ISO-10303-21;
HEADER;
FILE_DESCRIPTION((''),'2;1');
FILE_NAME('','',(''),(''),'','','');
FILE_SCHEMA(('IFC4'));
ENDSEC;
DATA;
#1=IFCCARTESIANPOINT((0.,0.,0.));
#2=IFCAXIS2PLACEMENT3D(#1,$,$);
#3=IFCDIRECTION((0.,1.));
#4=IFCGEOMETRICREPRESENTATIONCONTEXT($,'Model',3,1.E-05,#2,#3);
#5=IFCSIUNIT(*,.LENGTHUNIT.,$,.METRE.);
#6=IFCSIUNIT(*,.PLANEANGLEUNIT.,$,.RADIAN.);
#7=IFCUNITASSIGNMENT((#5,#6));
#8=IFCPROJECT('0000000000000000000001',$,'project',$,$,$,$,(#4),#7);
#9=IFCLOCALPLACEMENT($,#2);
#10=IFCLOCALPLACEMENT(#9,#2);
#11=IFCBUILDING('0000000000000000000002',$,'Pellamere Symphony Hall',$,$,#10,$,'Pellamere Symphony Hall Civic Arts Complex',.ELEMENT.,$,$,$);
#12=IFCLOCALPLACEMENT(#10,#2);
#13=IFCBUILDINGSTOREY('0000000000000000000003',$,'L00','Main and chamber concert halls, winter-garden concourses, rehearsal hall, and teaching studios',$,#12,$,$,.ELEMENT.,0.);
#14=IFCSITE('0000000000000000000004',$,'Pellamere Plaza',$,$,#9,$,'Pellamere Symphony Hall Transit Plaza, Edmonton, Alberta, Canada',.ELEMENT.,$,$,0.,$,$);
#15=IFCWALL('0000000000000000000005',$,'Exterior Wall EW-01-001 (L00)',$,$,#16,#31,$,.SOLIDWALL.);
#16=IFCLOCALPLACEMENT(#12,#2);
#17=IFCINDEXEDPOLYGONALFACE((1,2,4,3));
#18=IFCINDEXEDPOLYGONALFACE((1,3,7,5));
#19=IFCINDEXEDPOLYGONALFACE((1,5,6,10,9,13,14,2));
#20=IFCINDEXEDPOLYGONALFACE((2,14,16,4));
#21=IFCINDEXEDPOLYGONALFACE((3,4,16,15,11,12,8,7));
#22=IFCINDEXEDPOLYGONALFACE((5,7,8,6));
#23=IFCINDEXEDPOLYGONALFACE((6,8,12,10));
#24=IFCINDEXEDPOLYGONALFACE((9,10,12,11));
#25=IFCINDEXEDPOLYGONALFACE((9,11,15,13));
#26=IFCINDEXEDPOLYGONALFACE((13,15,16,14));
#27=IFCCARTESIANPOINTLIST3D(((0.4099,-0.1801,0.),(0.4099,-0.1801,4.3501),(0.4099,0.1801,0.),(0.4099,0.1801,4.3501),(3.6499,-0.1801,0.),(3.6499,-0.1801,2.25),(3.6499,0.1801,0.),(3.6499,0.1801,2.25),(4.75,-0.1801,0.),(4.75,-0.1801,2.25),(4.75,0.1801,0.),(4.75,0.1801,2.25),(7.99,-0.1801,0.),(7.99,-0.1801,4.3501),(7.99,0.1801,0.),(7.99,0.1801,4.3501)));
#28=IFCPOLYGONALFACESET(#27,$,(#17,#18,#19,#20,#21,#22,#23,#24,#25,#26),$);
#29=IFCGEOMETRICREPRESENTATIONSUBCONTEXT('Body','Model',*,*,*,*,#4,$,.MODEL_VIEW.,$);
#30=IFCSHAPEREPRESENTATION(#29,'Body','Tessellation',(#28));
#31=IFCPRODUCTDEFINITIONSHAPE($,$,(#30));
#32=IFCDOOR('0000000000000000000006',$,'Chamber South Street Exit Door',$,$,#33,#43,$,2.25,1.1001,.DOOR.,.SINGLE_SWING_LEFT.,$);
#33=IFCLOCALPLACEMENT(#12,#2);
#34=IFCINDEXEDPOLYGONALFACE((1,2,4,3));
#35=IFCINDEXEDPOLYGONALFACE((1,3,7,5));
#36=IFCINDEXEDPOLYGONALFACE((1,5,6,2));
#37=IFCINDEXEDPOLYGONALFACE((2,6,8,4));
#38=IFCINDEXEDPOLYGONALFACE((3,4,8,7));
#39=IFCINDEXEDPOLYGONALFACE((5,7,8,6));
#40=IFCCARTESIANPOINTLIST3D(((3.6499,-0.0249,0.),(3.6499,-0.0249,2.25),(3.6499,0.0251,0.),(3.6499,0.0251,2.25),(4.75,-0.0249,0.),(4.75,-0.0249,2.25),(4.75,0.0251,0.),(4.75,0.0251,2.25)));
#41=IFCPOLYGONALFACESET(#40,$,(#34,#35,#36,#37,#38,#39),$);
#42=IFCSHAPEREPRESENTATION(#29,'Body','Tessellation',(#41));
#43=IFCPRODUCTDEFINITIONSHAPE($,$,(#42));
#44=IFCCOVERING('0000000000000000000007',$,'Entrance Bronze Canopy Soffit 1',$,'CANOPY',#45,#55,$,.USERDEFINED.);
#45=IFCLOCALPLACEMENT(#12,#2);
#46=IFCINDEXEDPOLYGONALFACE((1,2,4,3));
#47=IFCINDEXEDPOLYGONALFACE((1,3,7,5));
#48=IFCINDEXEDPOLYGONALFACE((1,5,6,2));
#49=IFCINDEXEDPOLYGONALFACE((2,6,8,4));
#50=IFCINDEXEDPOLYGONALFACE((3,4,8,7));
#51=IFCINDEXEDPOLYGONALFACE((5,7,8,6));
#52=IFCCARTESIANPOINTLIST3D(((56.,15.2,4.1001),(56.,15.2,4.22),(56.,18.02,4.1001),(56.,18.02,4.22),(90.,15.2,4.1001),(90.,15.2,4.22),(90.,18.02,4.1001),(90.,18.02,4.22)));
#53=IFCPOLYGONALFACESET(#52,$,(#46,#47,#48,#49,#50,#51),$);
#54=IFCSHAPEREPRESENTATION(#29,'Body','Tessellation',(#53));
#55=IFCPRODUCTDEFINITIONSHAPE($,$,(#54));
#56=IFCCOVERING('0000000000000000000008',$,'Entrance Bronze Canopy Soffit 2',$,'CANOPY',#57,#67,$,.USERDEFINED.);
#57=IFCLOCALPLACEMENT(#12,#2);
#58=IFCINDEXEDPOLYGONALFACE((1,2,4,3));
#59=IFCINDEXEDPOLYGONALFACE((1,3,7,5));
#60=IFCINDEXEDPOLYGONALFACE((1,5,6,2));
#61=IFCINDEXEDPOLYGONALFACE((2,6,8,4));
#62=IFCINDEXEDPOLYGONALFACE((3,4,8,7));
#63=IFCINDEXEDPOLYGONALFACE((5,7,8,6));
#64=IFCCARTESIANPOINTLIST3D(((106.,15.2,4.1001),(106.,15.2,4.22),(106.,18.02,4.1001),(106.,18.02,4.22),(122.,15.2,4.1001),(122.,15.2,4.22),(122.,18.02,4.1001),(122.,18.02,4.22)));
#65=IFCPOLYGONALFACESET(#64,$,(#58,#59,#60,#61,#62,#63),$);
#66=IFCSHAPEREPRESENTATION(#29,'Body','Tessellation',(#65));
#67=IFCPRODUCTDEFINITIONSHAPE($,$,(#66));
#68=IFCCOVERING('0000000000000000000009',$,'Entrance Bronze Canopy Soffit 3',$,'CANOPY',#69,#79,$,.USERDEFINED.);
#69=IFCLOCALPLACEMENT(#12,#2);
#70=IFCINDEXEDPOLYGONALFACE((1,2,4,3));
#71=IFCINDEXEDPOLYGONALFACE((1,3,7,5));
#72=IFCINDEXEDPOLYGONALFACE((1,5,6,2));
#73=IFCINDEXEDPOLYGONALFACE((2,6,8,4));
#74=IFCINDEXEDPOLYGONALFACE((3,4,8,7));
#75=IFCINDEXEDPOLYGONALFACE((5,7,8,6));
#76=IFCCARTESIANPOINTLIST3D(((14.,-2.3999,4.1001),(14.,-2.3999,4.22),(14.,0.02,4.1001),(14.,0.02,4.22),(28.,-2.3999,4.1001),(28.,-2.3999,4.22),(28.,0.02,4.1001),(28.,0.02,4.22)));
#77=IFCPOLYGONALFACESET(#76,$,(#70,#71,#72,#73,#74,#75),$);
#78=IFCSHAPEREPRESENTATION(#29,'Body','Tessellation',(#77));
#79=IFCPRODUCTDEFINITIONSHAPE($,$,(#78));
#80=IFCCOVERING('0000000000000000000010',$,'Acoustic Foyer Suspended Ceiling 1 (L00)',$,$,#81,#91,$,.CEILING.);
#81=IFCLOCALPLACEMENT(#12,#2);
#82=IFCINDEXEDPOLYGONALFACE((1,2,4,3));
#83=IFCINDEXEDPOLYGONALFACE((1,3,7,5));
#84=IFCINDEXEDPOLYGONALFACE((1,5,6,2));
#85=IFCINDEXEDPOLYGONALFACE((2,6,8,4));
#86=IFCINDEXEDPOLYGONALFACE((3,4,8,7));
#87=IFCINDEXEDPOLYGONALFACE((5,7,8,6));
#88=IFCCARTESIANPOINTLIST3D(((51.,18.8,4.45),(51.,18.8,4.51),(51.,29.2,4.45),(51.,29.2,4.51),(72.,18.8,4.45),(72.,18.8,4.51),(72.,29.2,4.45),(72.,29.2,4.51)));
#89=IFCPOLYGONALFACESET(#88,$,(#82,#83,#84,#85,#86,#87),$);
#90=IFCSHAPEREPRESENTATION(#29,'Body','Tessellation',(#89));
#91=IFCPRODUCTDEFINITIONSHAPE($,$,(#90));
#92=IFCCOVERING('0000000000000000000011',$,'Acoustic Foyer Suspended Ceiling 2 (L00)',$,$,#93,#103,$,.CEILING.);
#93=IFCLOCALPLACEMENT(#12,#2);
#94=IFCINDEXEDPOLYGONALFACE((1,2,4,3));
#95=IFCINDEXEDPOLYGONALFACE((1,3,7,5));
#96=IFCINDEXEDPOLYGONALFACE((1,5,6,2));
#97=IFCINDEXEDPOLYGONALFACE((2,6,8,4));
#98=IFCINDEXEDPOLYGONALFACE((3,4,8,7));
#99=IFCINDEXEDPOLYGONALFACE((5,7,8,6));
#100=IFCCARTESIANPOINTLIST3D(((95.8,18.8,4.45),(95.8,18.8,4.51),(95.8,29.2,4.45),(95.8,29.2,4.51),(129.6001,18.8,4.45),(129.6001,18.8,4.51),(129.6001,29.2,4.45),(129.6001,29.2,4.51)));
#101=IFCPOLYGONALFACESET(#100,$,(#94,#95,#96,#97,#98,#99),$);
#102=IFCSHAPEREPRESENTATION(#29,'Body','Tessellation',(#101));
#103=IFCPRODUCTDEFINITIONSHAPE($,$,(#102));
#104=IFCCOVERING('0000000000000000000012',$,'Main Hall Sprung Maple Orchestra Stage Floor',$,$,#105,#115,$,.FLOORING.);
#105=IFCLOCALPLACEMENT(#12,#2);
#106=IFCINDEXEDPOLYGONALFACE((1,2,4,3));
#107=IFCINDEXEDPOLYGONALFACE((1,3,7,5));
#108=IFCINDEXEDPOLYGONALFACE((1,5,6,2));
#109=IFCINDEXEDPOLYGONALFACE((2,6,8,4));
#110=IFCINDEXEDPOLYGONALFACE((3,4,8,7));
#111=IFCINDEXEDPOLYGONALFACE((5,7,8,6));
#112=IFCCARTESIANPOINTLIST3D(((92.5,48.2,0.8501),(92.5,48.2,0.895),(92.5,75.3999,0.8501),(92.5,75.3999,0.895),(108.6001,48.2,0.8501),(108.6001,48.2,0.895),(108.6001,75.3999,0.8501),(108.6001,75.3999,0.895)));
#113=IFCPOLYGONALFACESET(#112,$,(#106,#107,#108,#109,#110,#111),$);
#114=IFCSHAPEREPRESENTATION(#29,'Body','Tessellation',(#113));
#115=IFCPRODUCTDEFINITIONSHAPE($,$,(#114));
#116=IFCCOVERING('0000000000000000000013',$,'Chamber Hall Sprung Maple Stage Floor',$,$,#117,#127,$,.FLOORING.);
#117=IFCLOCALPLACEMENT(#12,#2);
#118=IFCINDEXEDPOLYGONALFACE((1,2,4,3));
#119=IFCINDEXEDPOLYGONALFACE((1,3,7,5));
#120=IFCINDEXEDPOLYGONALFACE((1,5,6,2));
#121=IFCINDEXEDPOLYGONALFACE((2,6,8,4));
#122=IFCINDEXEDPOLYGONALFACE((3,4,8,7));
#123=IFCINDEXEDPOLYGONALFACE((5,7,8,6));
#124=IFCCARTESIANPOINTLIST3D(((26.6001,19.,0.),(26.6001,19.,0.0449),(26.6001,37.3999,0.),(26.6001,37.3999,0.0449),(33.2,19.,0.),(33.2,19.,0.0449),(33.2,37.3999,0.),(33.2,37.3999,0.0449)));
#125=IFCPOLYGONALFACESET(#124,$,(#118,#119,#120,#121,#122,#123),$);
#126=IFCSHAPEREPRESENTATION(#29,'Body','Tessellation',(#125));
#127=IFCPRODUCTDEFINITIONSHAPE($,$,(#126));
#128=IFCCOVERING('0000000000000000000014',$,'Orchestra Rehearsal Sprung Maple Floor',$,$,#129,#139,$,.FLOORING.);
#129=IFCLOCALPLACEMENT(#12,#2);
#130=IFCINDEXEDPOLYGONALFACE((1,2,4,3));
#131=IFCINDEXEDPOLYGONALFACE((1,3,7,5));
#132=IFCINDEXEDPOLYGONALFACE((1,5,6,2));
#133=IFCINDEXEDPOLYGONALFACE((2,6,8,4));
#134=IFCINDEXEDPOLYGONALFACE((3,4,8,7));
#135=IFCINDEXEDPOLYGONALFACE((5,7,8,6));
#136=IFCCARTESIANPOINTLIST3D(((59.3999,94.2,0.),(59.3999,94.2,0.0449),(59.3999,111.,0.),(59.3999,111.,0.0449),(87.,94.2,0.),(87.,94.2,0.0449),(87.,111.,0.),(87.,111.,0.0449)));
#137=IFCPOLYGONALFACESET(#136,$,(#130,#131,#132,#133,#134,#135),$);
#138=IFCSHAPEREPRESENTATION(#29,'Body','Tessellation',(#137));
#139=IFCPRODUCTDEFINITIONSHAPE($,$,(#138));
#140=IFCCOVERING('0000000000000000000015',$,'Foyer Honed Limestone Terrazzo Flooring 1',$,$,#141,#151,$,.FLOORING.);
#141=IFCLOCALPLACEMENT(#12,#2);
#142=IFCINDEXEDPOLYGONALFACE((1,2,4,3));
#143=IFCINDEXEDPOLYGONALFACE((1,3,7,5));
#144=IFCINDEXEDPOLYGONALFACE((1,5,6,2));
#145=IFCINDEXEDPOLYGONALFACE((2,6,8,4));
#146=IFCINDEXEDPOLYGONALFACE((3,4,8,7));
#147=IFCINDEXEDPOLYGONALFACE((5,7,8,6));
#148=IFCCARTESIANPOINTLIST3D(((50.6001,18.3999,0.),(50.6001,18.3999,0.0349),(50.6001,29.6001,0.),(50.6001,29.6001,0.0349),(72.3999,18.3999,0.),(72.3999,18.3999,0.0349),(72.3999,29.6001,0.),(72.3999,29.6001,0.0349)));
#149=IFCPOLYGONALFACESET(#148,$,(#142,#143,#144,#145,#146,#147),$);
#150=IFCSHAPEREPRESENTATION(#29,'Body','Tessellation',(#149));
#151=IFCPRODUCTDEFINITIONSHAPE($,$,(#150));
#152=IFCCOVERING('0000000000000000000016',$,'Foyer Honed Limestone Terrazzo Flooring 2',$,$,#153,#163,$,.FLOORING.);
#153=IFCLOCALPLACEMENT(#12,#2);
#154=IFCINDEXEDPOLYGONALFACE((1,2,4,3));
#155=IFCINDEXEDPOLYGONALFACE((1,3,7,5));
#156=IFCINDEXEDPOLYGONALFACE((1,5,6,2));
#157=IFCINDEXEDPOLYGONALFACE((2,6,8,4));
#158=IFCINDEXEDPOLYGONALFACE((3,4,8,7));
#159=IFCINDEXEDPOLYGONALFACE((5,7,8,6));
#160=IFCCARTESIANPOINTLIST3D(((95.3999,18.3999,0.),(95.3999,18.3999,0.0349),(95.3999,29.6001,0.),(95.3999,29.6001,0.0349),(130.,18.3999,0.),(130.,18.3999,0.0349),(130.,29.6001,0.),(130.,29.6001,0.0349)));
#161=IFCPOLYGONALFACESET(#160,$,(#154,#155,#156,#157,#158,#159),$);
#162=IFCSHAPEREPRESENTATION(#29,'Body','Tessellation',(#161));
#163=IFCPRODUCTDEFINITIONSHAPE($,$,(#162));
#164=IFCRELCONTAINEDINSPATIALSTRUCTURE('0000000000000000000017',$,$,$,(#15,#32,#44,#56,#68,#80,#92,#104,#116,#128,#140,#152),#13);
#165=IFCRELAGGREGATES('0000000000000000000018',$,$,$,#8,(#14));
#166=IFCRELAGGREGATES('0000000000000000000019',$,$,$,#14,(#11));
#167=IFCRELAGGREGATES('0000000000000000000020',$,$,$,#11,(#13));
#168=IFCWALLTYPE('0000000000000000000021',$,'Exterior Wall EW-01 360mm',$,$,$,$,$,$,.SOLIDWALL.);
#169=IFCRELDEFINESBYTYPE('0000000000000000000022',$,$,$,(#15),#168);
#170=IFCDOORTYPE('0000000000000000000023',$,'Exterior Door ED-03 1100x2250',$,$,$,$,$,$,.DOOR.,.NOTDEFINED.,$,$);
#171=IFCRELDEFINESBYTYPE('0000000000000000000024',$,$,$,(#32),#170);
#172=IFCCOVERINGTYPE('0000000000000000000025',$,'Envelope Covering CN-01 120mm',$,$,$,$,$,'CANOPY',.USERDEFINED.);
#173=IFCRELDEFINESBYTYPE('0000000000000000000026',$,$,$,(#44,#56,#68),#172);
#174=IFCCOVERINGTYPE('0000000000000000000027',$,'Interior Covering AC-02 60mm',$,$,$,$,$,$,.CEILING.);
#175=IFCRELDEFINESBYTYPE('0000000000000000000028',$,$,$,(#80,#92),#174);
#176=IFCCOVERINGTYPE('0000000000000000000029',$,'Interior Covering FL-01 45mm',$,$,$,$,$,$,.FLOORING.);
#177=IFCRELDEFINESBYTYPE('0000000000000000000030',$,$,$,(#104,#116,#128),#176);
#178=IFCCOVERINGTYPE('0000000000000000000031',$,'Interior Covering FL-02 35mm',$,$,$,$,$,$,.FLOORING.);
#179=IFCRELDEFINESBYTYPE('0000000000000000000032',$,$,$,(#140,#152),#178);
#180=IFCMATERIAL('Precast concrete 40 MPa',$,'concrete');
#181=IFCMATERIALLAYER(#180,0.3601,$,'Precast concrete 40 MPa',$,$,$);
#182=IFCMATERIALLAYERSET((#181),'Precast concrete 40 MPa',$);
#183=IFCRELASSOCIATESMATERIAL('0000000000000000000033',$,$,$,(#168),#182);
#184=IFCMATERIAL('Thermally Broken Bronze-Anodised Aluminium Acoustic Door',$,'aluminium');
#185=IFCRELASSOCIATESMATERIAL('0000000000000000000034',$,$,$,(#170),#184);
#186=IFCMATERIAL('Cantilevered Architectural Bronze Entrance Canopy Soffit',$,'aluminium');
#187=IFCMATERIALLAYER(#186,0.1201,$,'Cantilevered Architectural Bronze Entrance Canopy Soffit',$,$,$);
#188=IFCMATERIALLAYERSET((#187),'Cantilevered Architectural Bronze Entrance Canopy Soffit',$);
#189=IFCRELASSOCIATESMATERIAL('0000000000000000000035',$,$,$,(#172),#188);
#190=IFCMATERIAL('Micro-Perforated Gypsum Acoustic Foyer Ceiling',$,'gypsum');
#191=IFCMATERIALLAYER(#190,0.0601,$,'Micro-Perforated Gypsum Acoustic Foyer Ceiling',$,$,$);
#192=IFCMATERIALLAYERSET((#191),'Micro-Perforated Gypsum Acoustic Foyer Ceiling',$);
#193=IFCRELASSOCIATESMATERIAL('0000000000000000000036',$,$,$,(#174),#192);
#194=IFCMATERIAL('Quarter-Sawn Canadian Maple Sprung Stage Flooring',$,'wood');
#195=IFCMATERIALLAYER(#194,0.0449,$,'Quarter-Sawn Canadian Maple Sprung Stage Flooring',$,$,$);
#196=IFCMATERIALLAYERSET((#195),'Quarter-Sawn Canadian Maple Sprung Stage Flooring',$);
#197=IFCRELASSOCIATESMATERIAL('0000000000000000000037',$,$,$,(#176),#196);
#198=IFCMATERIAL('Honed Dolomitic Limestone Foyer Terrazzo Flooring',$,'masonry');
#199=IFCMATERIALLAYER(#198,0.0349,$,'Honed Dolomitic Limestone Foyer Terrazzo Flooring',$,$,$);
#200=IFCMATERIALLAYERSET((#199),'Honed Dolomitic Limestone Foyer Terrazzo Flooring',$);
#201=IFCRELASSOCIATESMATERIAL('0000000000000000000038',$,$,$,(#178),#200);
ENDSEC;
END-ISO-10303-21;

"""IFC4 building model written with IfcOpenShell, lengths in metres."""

from ifc_helpers import new_model, si_unit, direction, frame, frame_2d, origin, place, context, subcontext, project, spatial, polyline, rectangle, outline, extrude, material, layer, layer_set, type_object, element, fill, save


model = new_model("IFC4")

# Units and contexts
model_context = context("Model", 3, precision=1e-05, world=origin(), true_north=direction((0.0, 1.0)))
body_context = subcontext(model_context, "Body", "Model", "MODEL_VIEW")
ifc_project = project(units=[si_unit("LENGTHUNIT", "METRE"), si_unit("PLANEANGLEUNIT", "RADIAN")], contexts=[model_context])

# Site, building, storey
site_placement = place(None, origin())
site = spatial("IfcSite", under=ifc_project, at=site_placement, Name="Pellamere Plaza", LongName="Pellamere Symphony Hall Transit Plaza, Edmonton, Alberta, Canada", CompositionType="ELEMENT", RefElevation=0.0)
building_placement = place(site_placement, origin())
building = spatial("IfcBuilding", under=site, at=building_placement, Name="Pellamere Symphony Hall", LongName="Pellamere Symphony Hall Civic Arts Complex", CompositionType="ELEMENT")
storey_placement = place(building_placement, origin())
storey = spatial("IfcBuildingStorey", under=building, at=storey_placement, Name="L00", Description="Main and chamber concert halls, winter-garden concourses, rehearsal hall, and teaching studios", CompositionType="ELEMENT", Elevation=0.0)

# Wall, opening, door
ifc_material_1 = material(Name="Precast concrete 40 MPa", Category="concrete")
ifc_layer_1 = layer(ifc_material_1, 0.3601, Name="Precast concrete 40 MPa")
ifc_layer_set_1 = layer_set([ifc_layer_1], Name="Precast concrete 40 MPa")
wall_type = type_object("IfcWallType", Name="Exterior Wall EW-01 360mm", PredefinedType="SOLIDWALL", material=ifc_layer_set_1)
wall_placement = place(storey_placement, frame((0.4099, 0.0, 0.0), z_axis=(0.0, 0.0, 1.0), x_axis=(1.0, 0.0, 0.0)))
wall = element("IfcWall", 1, at=wall_placement, inside=storey, type_object=wall_type, Name="Exterior Wall EW-01-001 (L00)", PredefinedType="SOLIDWALL", context=body_context, shape_type="SweptSolid", body=[
    extrude(rectangle(XDim=7.5801, YDim=0.3601, at=frame_2d((3.79, 0.0))), origin(), (0.0, 0.0, 1.0), 4.3501),
])
opening_placement = place(wall_placement, frame((3.24, 0.0, 0.0)))
opening = element("IfcOpeningElement", 2, at=opening_placement, cuts=wall, PredefinedType="OPENING", context=body_context, shape_type="SweptSolid", body=[
    extrude(rectangle(XDim=1.1001, YDim=2.25, at=frame_2d((0.55, 1.125))), frame((0.0, 0.1899, 0.0), z_axis=(0.0, -1.0, 0.0), x_axis=(1.0, 0.0, 0.0)), (0.0, 0.0, 1.0), 0.3801),
])
ifc_material_2 = material(Name="Thermally Broken Bronze-Anodised Aluminium Acoustic Door", Category="aluminium")
door_type = type_object("IfcDoorType", Name="Exterior Door ED-03 1100x2250", OperationType="NOTDEFINED", PredefinedType="DOOR", material=ifc_material_2)
door_placement = place(opening_placement, frame((1.1001, 0.0, 0.0), z_axis=(0.0, 0.0, 1.0), x_axis=(-1.0, 0.0, 0.0)))
door = element("IfcDoor", 3, at=door_placement, inside=storey, type_object=door_type, Name="Chamber South Street Exit Door", OperationType="SINGLE_SWING_LEFT", OverallHeight=2.25, OverallWidth=1.1001, PredefinedType="DOOR", context=body_context, shape_type="SweptSolid", body=[
    extrude(rectangle(XDim=1.1001, YDim=2.25, at=frame_2d((0.55, 1.125))), frame((0.0, 0.0249, 0.0), z_axis=(0.0, -1.0, 0.0), x_axis=(1.0, 0.0, 0.0)), (0.0, 0.0, 1.0), 0.05),
])
fill(opening, door)

# Coverings
ifc_material_3 = material(Name="Cantilevered Architectural Bronze Entrance Canopy Soffit", Category="aluminium")
ifc_layer_2 = layer(ifc_material_3, 0.1201, Name="Cantilevered Architectural Bronze Entrance Canopy Soffit")
ifc_layer_set_2 = layer_set([ifc_layer_2], Name="Cantilevered Architectural Bronze Entrance Canopy Soffit")
covering_type_1 = type_object("IfcCoveringType", Name="Envelope Covering CN-01 120mm", ElementType="CANOPY", PredefinedType="USERDEFINED", material=ifc_layer_set_2)
covering_1_placement = place(storey_placement, frame((0.0, 0.0, 4.1001)))
element("IfcCovering", 4, at=covering_1_placement, inside=storey, type_object=covering_type_1, Name="Entrance Bronze Canopy Soffit 1", ObjectType="CANOPY", PredefinedType="USERDEFINED", context=body_context, shape_type="SweptSolid", body=[
    extrude(outline(polyline([(56.0, 15.2), (90.0, 15.2), (90.0, 18.02), (56.0, 18.02), (56.0, 15.2)])), origin(), (0.0, 0.0, 1.0), 0.1199),
])
covering_2_placement = place(storey_placement, frame((0.0, 0.0, 4.1001)))
element("IfcCovering", 5, at=covering_2_placement, inside=storey, type_object=covering_type_1, Name="Entrance Bronze Canopy Soffit 2", ObjectType="CANOPY", PredefinedType="USERDEFINED", context=body_context, shape_type="SweptSolid", body=[
    extrude(outline(polyline([(106.0, 15.2), (122.0, 15.2), (122.0, 18.02), (106.0, 18.02), (106.0, 15.2)])), origin(), (0.0, 0.0, 1.0), 0.1199),
])
covering_3_placement = place(storey_placement, frame((0.0, 0.0, 4.1001)))
element("IfcCovering", 6, at=covering_3_placement, inside=storey, type_object=covering_type_1, Name="Entrance Bronze Canopy Soffit 3", ObjectType="CANOPY", PredefinedType="USERDEFINED", context=body_context, shape_type="SweptSolid", body=[
    extrude(outline(polyline([(14.0, -2.3999), (28.0, -2.3999), (28.0, 0.02), (14.0, 0.02), (14.0, -2.3999)])), origin(), (0.0, 0.0, 1.0), 0.1199),
])
ifc_material_4 = material(Name="Micro-Perforated Gypsum Acoustic Foyer Ceiling", Category="gypsum")
ifc_layer_3 = layer(ifc_material_4, 0.0601, Name="Micro-Perforated Gypsum Acoustic Foyer Ceiling")
ifc_layer_set_3 = layer_set([ifc_layer_3], Name="Micro-Perforated Gypsum Acoustic Foyer Ceiling")
covering_type_2 = type_object("IfcCoveringType", Name="Interior Covering AC-02 60mm", PredefinedType="CEILING", material=ifc_layer_set_3)
covering_4_placement = place(storey_placement, frame((0.0, 0.0, 4.45)))
element("IfcCovering", 7, at=covering_4_placement, inside=storey, type_object=covering_type_2, Name="Acoustic Foyer Suspended Ceiling 1 (L00)", PredefinedType="CEILING", context=body_context, shape_type="SweptSolid", body=[
    extrude(outline(polyline([(51.0, 18.8), (72.0, 18.8), (72.0, 29.2), (51.0, 29.2), (51.0, 18.8)])), origin(), (0.0, 0.0, 1.0), 0.0601),
])
covering_5_placement = place(storey_placement, frame((0.0, 0.0, 4.45)))
element("IfcCovering", 8, at=covering_5_placement, inside=storey, type_object=covering_type_2, Name="Acoustic Foyer Suspended Ceiling 2 (L00)", PredefinedType="CEILING", context=body_context, shape_type="SweptSolid", body=[
    extrude(outline(polyline([(95.8, 18.8), (129.6001, 18.8), (129.6001, 29.2), (95.8, 29.2), (95.8, 18.8)])), origin(), (0.0, 0.0, 1.0), 0.0601),
])
ifc_material_5 = material(Name="Quarter-Sawn Canadian Maple Sprung Stage Flooring", Category="wood")
ifc_layer_4 = layer(ifc_material_5, 0.0449, Name="Quarter-Sawn Canadian Maple Sprung Stage Flooring")
ifc_layer_set_4 = layer_set([ifc_layer_4], Name="Quarter-Sawn Canadian Maple Sprung Stage Flooring")
covering_type_3 = type_object("IfcCoveringType", Name="Interior Covering FL-01 45mm", PredefinedType="FLOORING", material=ifc_layer_set_4)
covering_6_placement = place(storey_placement, frame((0.0, 0.0, 0.8501)))
element("IfcCovering", 9, at=covering_6_placement, inside=storey, type_object=covering_type_3, Name="Main Hall Sprung Maple Orchestra Stage Floor", PredefinedType="FLOORING", context=body_context, shape_type="SweptSolid", body=[
    extrude(outline(polyline([(92.5, 48.2), (108.6001, 48.2), (108.6001, 75.3999), (92.5, 75.3999), (92.5, 48.2)])), origin(), (0.0, 0.0, 1.0), 0.0449),
])
covering_7_placement = place(storey_placement, origin())
element("IfcCovering", 10, at=covering_7_placement, inside=storey, type_object=covering_type_3, Name="Chamber Hall Sprung Maple Stage Floor", PredefinedType="FLOORING", context=body_context, shape_type="SweptSolid", body=[
    extrude(outline(polyline([(26.6001, 19.0), (33.2, 19.0), (33.2, 37.3999), (26.6001, 37.3999), (26.6001, 19.0)])), origin(), (0.0, 0.0, 1.0), 0.0449),
])
covering_8_placement = place(storey_placement, origin())
element("IfcCovering", 11, at=covering_8_placement, inside=storey, type_object=covering_type_3, Name="Orchestra Rehearsal Sprung Maple Floor", PredefinedType="FLOORING", context=body_context, shape_type="SweptSolid", body=[
    extrude(outline(polyline([(59.3999, 94.2), (87.0, 94.2), (87.0, 111.0), (59.3999, 111.0), (59.3999, 94.2)])), origin(), (0.0, 0.0, 1.0), 0.0449),
])
ifc_material_6 = material(Name="Honed Dolomitic Limestone Foyer Terrazzo Flooring", Category="masonry")
ifc_layer_5 = layer(ifc_material_6, 0.0349, Name="Honed Dolomitic Limestone Foyer Terrazzo Flooring")
ifc_layer_set_5 = layer_set([ifc_layer_5], Name="Honed Dolomitic Limestone Foyer Terrazzo Flooring")
covering_type_4 = type_object("IfcCoveringType", Name="Interior Covering FL-02 35mm", PredefinedType="FLOORING", material=ifc_layer_set_5)
covering_9_placement = place(storey_placement, origin())
element("IfcCovering", 12, at=covering_9_placement, inside=storey, type_object=covering_type_4, Name="Foyer Honed Limestone Terrazzo Flooring 1", PredefinedType="FLOORING", context=body_context, shape_type="SweptSolid", body=[
    extrude(outline(polyline([(50.6001, 18.3999), (72.3999, 18.3999), (72.3999, 29.6001), (50.6001, 29.6001), (50.6001, 18.3999)])), origin(), (0.0, 0.0, 1.0), 0.0349),
])
covering_10_placement = place(storey_placement, origin())
element("IfcCovering", 13, at=covering_10_placement, inside=storey, type_object=covering_type_4, Name="Foyer Honed Limestone Terrazzo Flooring 2", PredefinedType="FLOORING", context=body_context, shape_type="SweptSolid", body=[
    extrude(outline(polyline([(95.3999, 18.3999), (130.0, 18.3999), (130.0, 29.6001), (95.3999, 29.6001), (95.3999, 18.3999)])), origin(), (0.0, 0.0, 1.0), 0.0349),
])

save(model, "model.ifc")
